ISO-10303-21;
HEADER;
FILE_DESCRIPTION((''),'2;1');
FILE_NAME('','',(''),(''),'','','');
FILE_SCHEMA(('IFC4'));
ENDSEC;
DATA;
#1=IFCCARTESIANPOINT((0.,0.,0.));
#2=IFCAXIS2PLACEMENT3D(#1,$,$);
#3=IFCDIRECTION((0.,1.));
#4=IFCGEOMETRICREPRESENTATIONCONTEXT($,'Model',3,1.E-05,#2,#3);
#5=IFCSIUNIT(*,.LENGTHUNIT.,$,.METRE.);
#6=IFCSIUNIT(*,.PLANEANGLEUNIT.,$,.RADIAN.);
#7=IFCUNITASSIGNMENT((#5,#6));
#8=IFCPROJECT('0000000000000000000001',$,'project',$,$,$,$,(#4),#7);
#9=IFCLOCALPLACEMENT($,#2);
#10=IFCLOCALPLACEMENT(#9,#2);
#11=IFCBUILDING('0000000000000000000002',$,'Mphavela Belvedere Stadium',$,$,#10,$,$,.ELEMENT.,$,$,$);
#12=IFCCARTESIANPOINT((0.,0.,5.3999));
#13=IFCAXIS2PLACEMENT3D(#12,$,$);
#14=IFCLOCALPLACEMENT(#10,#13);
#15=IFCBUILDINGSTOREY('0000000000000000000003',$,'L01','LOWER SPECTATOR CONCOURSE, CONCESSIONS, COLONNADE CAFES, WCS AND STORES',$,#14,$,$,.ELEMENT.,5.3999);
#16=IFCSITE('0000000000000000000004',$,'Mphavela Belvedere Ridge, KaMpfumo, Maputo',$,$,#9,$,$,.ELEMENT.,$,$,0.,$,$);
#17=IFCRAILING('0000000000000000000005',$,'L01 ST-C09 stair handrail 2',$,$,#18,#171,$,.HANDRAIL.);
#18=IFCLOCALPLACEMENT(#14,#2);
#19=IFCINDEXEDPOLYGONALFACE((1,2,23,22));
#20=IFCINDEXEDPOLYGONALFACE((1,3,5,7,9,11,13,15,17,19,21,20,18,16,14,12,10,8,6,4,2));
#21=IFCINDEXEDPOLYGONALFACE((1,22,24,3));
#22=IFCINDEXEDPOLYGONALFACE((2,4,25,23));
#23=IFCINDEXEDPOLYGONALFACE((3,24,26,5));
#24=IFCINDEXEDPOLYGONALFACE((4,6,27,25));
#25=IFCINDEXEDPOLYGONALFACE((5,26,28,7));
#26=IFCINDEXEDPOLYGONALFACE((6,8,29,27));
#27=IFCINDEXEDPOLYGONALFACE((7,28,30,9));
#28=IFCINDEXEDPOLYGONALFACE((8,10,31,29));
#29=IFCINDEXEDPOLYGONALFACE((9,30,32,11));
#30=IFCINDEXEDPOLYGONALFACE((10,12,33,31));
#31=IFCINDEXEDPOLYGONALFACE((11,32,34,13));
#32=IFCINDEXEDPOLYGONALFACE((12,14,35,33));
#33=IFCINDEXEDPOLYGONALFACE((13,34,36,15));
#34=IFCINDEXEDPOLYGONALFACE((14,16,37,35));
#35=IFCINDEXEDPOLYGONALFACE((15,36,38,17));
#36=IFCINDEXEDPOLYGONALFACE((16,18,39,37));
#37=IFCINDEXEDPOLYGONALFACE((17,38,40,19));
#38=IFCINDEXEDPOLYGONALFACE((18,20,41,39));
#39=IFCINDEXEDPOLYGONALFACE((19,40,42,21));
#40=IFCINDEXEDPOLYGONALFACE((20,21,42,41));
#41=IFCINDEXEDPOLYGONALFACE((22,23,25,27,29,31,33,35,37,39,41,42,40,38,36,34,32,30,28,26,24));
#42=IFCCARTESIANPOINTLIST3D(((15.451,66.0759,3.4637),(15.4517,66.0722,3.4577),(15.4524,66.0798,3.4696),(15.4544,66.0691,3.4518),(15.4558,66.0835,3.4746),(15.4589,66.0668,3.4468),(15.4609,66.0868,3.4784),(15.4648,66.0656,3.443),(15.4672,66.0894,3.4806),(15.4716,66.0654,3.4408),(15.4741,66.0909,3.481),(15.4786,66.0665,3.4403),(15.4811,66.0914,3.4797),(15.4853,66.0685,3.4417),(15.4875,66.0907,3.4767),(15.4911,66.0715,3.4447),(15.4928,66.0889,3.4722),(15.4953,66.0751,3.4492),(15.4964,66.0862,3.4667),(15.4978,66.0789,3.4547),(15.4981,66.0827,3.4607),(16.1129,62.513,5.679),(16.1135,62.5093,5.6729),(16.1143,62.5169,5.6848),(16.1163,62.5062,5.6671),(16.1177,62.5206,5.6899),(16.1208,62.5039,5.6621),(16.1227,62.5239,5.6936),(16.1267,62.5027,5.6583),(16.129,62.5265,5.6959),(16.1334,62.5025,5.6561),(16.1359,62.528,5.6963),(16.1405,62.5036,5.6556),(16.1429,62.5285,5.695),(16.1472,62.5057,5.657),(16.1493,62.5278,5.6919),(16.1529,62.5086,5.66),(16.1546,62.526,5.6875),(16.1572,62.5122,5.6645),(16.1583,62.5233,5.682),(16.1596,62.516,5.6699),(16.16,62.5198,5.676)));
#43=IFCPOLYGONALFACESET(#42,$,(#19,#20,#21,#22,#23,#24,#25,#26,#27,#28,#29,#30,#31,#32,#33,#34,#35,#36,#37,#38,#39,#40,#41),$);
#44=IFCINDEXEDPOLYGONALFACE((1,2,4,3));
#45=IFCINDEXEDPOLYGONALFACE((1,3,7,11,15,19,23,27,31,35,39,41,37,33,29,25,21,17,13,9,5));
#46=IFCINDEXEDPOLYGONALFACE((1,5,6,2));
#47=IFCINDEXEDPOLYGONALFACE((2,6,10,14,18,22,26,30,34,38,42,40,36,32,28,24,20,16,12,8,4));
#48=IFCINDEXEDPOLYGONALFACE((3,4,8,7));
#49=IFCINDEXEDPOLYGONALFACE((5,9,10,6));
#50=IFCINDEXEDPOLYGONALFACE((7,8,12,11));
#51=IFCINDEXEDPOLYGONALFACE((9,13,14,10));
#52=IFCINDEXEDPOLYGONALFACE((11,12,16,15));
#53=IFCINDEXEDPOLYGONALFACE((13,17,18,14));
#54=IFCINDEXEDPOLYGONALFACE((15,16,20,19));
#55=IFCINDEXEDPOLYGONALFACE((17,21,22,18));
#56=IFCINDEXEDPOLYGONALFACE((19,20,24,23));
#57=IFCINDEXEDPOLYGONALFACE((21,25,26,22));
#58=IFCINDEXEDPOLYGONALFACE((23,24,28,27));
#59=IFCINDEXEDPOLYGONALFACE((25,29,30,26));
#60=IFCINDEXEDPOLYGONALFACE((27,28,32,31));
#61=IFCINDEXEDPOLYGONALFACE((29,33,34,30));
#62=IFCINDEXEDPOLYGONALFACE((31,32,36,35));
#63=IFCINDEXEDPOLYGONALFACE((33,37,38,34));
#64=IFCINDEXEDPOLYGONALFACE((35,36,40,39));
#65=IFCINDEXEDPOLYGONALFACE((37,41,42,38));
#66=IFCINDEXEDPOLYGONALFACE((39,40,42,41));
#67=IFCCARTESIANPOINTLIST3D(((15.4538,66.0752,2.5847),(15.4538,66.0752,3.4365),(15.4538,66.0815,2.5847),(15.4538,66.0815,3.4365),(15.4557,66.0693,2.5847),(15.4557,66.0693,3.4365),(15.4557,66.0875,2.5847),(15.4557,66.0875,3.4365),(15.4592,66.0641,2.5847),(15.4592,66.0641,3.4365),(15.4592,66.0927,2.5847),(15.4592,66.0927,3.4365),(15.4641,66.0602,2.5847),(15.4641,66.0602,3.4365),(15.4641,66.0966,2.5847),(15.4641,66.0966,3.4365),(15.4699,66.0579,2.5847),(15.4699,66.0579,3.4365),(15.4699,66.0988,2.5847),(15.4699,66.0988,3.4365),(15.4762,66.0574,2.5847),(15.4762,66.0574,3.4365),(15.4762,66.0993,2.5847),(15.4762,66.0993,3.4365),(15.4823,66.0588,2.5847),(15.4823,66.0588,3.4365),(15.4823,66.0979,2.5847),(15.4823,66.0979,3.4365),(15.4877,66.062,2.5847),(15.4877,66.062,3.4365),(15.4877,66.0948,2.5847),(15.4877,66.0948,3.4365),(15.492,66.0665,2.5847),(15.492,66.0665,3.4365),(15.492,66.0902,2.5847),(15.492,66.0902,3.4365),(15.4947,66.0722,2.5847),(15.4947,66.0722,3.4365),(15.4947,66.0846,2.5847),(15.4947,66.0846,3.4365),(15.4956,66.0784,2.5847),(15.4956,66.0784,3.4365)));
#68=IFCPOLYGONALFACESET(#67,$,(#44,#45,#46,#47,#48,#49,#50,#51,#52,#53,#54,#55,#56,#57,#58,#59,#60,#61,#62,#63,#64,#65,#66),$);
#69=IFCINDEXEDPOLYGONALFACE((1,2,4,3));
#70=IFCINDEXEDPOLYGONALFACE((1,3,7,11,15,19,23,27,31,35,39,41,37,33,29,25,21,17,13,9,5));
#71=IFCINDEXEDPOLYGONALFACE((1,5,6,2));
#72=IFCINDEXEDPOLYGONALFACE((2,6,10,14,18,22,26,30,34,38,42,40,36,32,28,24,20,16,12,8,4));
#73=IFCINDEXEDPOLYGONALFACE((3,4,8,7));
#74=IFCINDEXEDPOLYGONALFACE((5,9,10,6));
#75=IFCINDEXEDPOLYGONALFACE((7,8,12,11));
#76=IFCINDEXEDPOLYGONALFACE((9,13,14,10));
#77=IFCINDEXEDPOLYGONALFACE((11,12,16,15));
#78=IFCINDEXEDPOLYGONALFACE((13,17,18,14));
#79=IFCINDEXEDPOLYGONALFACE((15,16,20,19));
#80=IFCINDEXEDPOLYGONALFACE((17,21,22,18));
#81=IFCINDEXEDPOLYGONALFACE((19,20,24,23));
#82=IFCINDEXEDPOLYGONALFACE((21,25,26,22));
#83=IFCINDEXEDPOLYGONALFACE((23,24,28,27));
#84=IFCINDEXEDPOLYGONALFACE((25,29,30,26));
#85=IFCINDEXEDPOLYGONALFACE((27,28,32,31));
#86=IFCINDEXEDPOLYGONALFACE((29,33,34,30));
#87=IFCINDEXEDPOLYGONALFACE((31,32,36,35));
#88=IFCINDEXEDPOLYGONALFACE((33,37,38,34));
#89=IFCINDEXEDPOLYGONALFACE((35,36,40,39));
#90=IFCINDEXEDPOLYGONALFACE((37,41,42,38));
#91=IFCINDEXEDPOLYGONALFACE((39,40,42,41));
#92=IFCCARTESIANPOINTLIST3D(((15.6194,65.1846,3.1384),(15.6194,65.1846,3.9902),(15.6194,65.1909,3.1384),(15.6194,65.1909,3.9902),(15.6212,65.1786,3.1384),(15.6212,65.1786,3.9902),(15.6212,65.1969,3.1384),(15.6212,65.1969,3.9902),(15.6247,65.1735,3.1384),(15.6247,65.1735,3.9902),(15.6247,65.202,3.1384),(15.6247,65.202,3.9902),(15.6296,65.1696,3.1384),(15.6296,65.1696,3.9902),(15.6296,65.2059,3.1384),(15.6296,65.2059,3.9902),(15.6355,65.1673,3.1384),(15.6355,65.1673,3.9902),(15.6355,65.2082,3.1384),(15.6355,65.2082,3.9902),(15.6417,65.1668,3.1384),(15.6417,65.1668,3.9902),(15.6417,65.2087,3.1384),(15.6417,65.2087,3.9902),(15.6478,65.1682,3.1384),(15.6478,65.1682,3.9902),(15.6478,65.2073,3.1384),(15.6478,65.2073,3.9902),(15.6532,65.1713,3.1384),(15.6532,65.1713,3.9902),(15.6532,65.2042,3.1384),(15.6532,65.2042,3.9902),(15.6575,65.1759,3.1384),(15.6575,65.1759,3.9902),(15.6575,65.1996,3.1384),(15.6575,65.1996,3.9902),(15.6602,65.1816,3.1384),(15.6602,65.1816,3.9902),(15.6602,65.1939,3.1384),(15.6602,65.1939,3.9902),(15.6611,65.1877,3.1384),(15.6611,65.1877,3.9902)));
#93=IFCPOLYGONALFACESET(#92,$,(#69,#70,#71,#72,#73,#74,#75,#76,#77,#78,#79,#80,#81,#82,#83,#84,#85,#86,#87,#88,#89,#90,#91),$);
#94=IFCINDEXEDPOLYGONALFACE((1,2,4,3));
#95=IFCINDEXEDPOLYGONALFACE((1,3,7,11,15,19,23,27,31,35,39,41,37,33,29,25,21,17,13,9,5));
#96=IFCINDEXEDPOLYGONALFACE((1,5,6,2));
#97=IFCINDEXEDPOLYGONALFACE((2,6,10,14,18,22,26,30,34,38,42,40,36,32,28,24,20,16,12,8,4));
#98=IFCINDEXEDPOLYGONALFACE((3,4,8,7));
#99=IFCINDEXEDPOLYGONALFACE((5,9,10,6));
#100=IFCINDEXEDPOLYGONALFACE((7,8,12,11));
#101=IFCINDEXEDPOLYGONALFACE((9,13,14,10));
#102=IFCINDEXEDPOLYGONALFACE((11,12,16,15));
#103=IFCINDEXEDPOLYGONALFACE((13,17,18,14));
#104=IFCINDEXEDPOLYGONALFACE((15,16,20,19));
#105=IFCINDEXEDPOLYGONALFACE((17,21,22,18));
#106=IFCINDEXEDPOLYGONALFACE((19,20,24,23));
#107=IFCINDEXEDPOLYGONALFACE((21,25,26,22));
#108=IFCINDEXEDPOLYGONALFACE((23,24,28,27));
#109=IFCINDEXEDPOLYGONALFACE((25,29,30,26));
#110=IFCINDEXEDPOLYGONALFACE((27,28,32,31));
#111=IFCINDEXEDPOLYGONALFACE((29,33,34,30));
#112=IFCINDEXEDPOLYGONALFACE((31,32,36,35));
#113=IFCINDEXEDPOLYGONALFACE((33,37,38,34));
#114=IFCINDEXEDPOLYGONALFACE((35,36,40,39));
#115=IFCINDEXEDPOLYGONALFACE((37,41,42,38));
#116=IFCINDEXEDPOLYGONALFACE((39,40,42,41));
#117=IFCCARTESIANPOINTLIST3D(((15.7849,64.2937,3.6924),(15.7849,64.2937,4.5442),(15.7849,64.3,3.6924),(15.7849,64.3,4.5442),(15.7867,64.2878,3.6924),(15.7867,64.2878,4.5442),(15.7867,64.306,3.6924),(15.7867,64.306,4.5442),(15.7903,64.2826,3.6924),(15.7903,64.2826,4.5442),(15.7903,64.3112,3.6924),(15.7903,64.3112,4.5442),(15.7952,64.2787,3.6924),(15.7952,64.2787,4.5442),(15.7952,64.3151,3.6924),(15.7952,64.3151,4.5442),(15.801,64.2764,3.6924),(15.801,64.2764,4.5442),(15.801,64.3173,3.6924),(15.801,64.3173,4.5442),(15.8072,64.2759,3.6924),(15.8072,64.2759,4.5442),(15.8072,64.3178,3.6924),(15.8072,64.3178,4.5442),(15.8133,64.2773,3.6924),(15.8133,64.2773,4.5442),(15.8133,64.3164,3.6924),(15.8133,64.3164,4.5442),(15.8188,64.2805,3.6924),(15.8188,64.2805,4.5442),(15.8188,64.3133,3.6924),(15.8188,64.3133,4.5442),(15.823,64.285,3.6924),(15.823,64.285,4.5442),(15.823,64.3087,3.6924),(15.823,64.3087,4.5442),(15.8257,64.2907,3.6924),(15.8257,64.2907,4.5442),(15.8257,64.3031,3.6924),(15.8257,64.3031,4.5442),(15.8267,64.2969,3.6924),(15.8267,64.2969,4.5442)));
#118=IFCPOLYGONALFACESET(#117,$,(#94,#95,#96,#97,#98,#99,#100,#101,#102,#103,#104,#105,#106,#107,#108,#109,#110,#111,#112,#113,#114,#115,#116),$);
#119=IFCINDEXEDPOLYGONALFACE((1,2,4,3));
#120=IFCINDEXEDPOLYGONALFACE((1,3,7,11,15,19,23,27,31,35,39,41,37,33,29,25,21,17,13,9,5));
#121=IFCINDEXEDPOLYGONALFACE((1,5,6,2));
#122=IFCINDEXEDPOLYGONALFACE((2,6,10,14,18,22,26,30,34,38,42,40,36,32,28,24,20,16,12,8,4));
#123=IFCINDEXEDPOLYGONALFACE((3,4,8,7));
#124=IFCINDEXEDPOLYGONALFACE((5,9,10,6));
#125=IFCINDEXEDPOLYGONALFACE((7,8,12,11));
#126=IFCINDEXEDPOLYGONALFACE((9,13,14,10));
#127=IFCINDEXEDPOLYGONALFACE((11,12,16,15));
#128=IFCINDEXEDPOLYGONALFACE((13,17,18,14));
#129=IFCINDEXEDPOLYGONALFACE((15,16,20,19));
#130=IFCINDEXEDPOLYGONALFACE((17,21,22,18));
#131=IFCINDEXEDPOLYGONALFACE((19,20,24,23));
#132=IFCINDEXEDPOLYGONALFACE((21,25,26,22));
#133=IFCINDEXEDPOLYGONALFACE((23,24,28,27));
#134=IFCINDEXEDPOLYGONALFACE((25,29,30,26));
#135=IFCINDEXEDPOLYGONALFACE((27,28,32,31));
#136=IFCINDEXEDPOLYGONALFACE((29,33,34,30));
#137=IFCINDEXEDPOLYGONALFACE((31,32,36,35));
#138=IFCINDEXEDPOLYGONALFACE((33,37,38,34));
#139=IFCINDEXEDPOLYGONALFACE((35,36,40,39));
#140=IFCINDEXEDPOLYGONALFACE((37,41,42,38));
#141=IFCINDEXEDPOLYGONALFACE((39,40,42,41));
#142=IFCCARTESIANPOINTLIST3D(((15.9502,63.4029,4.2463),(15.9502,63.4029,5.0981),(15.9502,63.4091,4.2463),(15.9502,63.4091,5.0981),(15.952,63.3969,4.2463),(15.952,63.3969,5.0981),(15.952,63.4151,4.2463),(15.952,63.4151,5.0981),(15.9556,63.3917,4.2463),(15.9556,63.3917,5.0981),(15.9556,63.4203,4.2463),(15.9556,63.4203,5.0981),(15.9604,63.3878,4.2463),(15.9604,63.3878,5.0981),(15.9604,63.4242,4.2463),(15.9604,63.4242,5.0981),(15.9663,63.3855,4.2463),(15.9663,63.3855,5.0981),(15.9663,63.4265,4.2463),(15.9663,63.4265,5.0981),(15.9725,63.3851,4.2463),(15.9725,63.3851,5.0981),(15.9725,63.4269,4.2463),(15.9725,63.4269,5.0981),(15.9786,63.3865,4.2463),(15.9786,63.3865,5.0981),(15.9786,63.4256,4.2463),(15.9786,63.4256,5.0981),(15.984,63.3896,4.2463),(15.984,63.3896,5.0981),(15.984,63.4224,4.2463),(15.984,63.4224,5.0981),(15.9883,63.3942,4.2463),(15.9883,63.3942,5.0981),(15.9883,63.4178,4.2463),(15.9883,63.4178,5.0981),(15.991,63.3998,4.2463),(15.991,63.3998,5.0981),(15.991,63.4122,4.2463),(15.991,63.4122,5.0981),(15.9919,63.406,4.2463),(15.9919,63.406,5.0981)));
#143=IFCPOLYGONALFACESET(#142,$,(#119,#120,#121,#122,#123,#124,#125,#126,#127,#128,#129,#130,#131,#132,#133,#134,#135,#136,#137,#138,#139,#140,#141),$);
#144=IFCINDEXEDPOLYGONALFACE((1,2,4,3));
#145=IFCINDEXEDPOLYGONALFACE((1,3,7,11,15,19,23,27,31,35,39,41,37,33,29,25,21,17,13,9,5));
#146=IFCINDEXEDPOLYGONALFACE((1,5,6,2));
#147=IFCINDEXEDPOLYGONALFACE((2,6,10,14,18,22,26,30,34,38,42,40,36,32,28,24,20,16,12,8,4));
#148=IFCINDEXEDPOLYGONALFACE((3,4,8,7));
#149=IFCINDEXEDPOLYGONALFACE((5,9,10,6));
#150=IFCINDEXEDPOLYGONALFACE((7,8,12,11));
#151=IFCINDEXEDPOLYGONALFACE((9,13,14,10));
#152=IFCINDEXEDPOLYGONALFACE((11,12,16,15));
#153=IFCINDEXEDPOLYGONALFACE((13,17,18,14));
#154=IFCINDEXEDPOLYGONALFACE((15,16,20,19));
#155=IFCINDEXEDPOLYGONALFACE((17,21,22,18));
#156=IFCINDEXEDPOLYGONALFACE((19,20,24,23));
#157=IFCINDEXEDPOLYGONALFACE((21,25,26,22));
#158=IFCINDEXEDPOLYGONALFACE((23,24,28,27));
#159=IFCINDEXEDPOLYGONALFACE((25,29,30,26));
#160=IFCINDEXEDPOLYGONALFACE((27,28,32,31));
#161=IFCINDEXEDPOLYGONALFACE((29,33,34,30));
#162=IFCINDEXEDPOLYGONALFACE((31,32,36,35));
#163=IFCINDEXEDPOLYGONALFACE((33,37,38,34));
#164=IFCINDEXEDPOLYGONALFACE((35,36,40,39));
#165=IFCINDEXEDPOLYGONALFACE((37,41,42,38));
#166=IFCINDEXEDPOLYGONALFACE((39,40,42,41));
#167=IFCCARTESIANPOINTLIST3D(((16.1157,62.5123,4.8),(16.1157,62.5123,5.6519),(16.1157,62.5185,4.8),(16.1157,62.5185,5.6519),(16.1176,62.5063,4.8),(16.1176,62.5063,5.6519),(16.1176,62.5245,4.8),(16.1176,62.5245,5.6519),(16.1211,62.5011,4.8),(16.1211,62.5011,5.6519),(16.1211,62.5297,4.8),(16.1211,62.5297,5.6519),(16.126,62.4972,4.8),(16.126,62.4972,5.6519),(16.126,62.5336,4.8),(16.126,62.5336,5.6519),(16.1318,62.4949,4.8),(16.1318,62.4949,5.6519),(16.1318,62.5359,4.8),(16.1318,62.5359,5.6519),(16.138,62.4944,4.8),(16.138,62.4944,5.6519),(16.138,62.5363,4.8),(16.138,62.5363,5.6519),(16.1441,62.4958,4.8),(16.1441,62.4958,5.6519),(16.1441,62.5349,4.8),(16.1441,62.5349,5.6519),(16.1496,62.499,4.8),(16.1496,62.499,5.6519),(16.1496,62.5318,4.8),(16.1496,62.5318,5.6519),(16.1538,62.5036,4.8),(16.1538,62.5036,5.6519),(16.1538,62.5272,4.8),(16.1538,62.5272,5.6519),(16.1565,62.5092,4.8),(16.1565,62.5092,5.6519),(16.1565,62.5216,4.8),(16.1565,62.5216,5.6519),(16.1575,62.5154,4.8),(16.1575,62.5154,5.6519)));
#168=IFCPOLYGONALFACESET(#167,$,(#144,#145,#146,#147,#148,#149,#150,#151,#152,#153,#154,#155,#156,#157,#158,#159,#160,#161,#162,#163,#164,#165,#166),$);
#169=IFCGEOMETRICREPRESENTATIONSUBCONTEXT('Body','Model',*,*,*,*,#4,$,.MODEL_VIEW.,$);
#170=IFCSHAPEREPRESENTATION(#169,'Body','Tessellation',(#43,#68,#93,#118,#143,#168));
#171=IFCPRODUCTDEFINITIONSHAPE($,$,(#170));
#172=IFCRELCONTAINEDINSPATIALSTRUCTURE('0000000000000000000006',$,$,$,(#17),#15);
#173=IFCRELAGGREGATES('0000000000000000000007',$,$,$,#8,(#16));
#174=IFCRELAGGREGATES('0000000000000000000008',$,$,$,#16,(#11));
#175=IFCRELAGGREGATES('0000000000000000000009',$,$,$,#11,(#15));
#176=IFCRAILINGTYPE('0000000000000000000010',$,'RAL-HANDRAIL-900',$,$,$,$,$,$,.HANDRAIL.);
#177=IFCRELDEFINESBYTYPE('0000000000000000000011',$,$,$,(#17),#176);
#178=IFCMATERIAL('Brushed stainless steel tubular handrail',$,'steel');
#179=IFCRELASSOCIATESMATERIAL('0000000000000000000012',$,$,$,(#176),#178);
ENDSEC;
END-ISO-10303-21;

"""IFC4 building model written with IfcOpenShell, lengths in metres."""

from ifc_helpers import new_model, si_unit, direction, frame, origin, origin_2d, place, context, subcontext, project, spatial, circle, extrude, material, type_object, element, save


model = new_model("IFC4")

# Units and contexts
model_context = context("Model", 3, precision=1e-05, world=origin(), true_north=direction((0.0, 1.0)))
body_context = subcontext(model_context, "Body", "Model", "MODEL_VIEW")
ifc_project = project(units=[si_unit("LENGTHUNIT", "METRE"), si_unit("PLANEANGLEUNIT", "RADIAN")], contexts=[model_context])

# Site, building, storey
site_placement = place(None, origin())
site = spatial("IfcSite", under=ifc_project, at=site_placement, Name="Mphavela Belvedere Ridge, KaMpfumo, Maputo", CompositionType="ELEMENT", RefElevation=0.0)
building_placement = place(site_placement, origin())
building = spatial("IfcBuilding", under=site, at=building_placement, Name="Mphavela Belvedere Stadium", CompositionType="ELEMENT")
storey_placement = place(building_placement, frame((0.0, 0.0, 5.3999)))
storey = spatial("IfcBuildingStorey", under=building, at=storey_placement, Name="L01", Description="LOWER SPECTATOR CONCOURSE, CONCESSIONS, COLONNADE CAFES, WCS AND STORES", CompositionType="ELEMENT", Elevation=5.3999)

# Railing
ifc_material_1 = material(Name="Brushed stainless steel tubular handrail", Category="steel")
railing_type_1 = type_object("IfcRailingType", Name="RAL-HANDRAIL-900", PredefinedType="HANDRAIL", material=ifc_material_1)
railing_1_placement = place(storey_placement, frame((15.4746, 66.0784, 2.5847)))
element("IfcRailing", 1, at=railing_1_placement, inside=storey, type_object=railing_type_1, Name="L01 ST-C09 stair handrail 2", PredefinedType="HANDRAIL", context=body_context, shape_type="SweptSolid", body=[
    extrude(circle(Radius=0.0239, at=origin_2d()), frame((0.0, 0.0, 0.876), z_axis=(0.155827, -0.838858, 0.52157), x_axis=(0.98318, 0.182637, 0.0)), (0.0, 0.0, 1.0), 4.2473),
    extrude(circle(Radius=0.021, at=origin_2d()), origin(), (0.0, 0.0, 1.0), 0.8518),
    extrude(circle(Radius=0.021, at=origin_2d()), frame((0.1655, -0.8906, 0.5537)), (0.0, 0.0, 1.0), 0.8518),
    extrude(circle(Radius=0.021, at=origin_2d()), frame((0.3311, -1.7815, 1.1077)), (0.0, 0.0, 1.0), 0.8518),
    extrude(circle(Radius=0.021, at=origin_2d()), frame((0.4963, -2.6724, 1.6616)), (0.0, 0.0, 1.0), 0.8518),
    extrude(circle(Radius=0.021, at=origin_2d()), frame((0.6619, -3.563, 2.2153)), (0.0, 0.0, 1.0), 0.8518),
])

save(model, "model.ifc")
